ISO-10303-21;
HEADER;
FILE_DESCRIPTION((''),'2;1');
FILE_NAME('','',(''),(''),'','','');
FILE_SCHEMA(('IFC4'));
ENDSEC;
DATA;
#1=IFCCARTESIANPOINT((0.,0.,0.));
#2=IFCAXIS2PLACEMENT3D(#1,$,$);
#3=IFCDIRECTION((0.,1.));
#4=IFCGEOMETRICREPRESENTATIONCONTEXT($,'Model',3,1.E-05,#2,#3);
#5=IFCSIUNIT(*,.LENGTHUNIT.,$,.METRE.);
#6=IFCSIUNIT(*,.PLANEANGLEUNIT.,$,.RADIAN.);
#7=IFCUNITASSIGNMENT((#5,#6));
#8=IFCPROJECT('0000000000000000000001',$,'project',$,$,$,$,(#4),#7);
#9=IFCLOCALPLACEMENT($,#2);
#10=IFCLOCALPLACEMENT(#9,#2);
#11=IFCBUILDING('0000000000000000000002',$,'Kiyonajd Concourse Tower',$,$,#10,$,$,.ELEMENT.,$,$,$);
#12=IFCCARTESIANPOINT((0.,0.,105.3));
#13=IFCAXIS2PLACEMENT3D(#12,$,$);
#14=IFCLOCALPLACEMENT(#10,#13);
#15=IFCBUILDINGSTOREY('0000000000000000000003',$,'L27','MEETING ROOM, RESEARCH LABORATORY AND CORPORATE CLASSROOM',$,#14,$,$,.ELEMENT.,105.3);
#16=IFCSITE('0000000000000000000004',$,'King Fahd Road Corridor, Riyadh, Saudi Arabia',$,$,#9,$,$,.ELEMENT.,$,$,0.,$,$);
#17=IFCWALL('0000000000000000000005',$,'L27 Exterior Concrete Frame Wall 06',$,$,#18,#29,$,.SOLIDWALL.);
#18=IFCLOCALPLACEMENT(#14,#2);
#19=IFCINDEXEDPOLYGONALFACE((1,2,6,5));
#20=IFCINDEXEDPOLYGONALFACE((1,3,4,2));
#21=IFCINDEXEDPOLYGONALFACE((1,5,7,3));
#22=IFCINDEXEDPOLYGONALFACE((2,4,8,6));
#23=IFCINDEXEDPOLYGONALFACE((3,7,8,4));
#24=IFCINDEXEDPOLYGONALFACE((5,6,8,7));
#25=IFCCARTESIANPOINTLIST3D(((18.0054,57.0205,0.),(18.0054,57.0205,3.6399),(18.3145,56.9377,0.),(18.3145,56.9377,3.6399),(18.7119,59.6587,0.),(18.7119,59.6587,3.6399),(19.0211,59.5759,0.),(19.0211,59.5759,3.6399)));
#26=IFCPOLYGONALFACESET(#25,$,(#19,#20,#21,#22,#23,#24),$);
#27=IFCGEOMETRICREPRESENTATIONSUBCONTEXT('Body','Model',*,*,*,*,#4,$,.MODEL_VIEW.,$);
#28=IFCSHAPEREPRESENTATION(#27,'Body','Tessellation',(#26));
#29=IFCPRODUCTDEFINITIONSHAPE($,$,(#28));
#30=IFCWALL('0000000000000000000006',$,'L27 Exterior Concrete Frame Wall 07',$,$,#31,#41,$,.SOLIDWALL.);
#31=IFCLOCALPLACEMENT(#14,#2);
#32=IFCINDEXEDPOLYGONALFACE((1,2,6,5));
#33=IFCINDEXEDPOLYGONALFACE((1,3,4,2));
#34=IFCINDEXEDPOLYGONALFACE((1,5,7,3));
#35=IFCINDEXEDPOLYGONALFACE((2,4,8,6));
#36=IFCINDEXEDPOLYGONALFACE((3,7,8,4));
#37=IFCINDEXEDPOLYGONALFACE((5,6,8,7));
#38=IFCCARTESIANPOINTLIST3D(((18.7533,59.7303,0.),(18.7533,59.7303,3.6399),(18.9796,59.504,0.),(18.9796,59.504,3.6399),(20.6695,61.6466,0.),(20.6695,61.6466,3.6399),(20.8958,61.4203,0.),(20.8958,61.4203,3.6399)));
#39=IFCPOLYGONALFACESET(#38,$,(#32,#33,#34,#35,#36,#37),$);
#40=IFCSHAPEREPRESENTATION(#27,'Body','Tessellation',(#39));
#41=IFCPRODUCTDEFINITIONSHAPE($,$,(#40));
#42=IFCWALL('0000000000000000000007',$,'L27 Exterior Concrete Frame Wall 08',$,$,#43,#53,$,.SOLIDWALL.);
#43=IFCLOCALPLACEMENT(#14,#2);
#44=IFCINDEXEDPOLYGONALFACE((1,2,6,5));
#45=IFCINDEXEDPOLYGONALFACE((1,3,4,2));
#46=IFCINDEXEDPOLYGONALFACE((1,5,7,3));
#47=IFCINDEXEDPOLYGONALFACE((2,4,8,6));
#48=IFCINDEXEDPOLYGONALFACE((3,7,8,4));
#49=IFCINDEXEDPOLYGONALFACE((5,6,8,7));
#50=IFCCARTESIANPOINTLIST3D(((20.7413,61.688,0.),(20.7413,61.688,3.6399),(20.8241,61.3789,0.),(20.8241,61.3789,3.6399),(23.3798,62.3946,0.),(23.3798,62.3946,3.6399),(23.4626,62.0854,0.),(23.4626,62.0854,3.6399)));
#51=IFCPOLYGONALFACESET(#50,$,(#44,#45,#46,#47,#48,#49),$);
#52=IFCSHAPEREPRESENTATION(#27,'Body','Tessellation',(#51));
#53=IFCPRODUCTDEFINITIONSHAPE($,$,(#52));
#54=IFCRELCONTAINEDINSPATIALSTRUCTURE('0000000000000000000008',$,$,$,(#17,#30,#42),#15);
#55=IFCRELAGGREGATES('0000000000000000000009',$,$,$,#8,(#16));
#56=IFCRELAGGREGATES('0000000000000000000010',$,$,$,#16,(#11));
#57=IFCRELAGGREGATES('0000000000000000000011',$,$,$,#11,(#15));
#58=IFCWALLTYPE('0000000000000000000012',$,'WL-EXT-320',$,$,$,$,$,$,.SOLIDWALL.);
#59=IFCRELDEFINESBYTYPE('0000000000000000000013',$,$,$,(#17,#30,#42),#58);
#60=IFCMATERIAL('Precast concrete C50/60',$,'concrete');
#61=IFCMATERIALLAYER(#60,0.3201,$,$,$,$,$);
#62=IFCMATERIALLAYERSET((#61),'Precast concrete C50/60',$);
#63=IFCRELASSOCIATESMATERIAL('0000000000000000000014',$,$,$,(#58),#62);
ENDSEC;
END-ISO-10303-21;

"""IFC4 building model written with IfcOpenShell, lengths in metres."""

from ifc_helpers import new_model, si_unit, direction, frame, frame_2d, origin, place, context, subcontext, project, spatial, rectangle, extrude, material, layer, layer_set, type_object, element, save


model = new_model("IFC4")

# Units and contexts
model_context = context("Model", 3, precision=1e-05, world=origin(), true_north=direction((0.0, 1.0)))
body_context = subcontext(model_context, "Body", "Model", "MODEL_VIEW")
ifc_project = project(units=[si_unit("LENGTHUNIT", "METRE"), si_unit("PLANEANGLEUNIT", "RADIAN")], contexts=[model_context])

# Site, building, storey
site_placement = place(None, origin())
site = spatial("IfcSite", under=ifc_project, at=site_placement, Name="King Fahd Road Corridor, Riyadh, Saudi Arabia", CompositionType="ELEMENT", RefElevation=0.0)
building_placement = place(site_placement, origin())
building = spatial("IfcBuilding", under=site, at=building_placement, Name="Kiyonajd Concourse Tower", CompositionType="ELEMENT")
storey_placement = place(building_placement, frame((0.0, 0.0, 105.3)))
storey = spatial("IfcBuildingStorey", under=building, at=storey_placement, Name="L27", Description="MEETING ROOM, RESEARCH LABORATORY AND CORPORATE CLASSROOM", CompositionType="ELEMENT", Elevation=105.3)

# Shared definitions
ifc_material_1 = material(Name="Precast concrete C50/60", Category="concrete")

# Walls
ifc_layer_1 = layer(ifc_material_1, 0.3201)
ifc_layer_set_1 = layer_set([ifc_layer_1], Name="Precast concrete C50/60")
wall_type = type_object("IfcWallType", Name="WL-EXT-320", PredefinedType="SOLIDWALL", material=ifc_layer_set_1)
wall_1_placement = place(storey_placement, frame((18.1599, 56.979, 0.0), z_axis=(0.0, 0.0, 1.0), x_axis=(0.258697, 0.965958, 0.0)))
element("IfcWall", 1, at=wall_1_placement, inside=storey, type_object=wall_type, Name="L27 Exterior Concrete Frame Wall 06", PredefinedType="SOLIDWALL", context=body_context, shape_type="SweptSolid", body=[
    extrude(rectangle(XDim=2.7312, YDim=0.3201, at=frame_2d((1.3657, 0.0))), origin(), (0.0, 0.0, 1.0), 3.6399),
])
wall_2_placement = place(storey_placement, frame((18.8665, 59.6172, 0.0), z_axis=(0.0, 0.0, 1.0), x_axis=(0.707107, 0.707107, 0.0)))
element("IfcWall", 2, at=wall_2_placement, inside=storey, type_object=wall_type, Name="L27 Exterior Concrete Frame Wall 07", PredefinedType="SOLIDWALL", context=body_context, shape_type="SweptSolid", body=[
    extrude(rectangle(XDim=2.71, YDim=0.3201, at=frame_2d((1.355, 0.0))), origin(), (0.0, 0.0, 1.0), 3.6399),
])
wall_3_placement = place(storey_placement, frame((20.7827, 61.5334, 0.0), z_axis=(0.0, 0.0, 1.0), x_axis=(0.965964, 0.258675, 0.0)))
element("IfcWall", 3, at=wall_3_placement, inside=storey, type_object=wall_type, Name="L27 Exterior Concrete Frame Wall 08", PredefinedType="SOLIDWALL", context=body_context, shape_type="SweptSolid", body=[
    extrude(rectangle(XDim=2.7314, YDim=0.3201, at=frame_2d((1.3657, 0.0))), origin(), (0.0, 0.0, 1.0), 3.6399),
])

save(model, "model.ifc")
